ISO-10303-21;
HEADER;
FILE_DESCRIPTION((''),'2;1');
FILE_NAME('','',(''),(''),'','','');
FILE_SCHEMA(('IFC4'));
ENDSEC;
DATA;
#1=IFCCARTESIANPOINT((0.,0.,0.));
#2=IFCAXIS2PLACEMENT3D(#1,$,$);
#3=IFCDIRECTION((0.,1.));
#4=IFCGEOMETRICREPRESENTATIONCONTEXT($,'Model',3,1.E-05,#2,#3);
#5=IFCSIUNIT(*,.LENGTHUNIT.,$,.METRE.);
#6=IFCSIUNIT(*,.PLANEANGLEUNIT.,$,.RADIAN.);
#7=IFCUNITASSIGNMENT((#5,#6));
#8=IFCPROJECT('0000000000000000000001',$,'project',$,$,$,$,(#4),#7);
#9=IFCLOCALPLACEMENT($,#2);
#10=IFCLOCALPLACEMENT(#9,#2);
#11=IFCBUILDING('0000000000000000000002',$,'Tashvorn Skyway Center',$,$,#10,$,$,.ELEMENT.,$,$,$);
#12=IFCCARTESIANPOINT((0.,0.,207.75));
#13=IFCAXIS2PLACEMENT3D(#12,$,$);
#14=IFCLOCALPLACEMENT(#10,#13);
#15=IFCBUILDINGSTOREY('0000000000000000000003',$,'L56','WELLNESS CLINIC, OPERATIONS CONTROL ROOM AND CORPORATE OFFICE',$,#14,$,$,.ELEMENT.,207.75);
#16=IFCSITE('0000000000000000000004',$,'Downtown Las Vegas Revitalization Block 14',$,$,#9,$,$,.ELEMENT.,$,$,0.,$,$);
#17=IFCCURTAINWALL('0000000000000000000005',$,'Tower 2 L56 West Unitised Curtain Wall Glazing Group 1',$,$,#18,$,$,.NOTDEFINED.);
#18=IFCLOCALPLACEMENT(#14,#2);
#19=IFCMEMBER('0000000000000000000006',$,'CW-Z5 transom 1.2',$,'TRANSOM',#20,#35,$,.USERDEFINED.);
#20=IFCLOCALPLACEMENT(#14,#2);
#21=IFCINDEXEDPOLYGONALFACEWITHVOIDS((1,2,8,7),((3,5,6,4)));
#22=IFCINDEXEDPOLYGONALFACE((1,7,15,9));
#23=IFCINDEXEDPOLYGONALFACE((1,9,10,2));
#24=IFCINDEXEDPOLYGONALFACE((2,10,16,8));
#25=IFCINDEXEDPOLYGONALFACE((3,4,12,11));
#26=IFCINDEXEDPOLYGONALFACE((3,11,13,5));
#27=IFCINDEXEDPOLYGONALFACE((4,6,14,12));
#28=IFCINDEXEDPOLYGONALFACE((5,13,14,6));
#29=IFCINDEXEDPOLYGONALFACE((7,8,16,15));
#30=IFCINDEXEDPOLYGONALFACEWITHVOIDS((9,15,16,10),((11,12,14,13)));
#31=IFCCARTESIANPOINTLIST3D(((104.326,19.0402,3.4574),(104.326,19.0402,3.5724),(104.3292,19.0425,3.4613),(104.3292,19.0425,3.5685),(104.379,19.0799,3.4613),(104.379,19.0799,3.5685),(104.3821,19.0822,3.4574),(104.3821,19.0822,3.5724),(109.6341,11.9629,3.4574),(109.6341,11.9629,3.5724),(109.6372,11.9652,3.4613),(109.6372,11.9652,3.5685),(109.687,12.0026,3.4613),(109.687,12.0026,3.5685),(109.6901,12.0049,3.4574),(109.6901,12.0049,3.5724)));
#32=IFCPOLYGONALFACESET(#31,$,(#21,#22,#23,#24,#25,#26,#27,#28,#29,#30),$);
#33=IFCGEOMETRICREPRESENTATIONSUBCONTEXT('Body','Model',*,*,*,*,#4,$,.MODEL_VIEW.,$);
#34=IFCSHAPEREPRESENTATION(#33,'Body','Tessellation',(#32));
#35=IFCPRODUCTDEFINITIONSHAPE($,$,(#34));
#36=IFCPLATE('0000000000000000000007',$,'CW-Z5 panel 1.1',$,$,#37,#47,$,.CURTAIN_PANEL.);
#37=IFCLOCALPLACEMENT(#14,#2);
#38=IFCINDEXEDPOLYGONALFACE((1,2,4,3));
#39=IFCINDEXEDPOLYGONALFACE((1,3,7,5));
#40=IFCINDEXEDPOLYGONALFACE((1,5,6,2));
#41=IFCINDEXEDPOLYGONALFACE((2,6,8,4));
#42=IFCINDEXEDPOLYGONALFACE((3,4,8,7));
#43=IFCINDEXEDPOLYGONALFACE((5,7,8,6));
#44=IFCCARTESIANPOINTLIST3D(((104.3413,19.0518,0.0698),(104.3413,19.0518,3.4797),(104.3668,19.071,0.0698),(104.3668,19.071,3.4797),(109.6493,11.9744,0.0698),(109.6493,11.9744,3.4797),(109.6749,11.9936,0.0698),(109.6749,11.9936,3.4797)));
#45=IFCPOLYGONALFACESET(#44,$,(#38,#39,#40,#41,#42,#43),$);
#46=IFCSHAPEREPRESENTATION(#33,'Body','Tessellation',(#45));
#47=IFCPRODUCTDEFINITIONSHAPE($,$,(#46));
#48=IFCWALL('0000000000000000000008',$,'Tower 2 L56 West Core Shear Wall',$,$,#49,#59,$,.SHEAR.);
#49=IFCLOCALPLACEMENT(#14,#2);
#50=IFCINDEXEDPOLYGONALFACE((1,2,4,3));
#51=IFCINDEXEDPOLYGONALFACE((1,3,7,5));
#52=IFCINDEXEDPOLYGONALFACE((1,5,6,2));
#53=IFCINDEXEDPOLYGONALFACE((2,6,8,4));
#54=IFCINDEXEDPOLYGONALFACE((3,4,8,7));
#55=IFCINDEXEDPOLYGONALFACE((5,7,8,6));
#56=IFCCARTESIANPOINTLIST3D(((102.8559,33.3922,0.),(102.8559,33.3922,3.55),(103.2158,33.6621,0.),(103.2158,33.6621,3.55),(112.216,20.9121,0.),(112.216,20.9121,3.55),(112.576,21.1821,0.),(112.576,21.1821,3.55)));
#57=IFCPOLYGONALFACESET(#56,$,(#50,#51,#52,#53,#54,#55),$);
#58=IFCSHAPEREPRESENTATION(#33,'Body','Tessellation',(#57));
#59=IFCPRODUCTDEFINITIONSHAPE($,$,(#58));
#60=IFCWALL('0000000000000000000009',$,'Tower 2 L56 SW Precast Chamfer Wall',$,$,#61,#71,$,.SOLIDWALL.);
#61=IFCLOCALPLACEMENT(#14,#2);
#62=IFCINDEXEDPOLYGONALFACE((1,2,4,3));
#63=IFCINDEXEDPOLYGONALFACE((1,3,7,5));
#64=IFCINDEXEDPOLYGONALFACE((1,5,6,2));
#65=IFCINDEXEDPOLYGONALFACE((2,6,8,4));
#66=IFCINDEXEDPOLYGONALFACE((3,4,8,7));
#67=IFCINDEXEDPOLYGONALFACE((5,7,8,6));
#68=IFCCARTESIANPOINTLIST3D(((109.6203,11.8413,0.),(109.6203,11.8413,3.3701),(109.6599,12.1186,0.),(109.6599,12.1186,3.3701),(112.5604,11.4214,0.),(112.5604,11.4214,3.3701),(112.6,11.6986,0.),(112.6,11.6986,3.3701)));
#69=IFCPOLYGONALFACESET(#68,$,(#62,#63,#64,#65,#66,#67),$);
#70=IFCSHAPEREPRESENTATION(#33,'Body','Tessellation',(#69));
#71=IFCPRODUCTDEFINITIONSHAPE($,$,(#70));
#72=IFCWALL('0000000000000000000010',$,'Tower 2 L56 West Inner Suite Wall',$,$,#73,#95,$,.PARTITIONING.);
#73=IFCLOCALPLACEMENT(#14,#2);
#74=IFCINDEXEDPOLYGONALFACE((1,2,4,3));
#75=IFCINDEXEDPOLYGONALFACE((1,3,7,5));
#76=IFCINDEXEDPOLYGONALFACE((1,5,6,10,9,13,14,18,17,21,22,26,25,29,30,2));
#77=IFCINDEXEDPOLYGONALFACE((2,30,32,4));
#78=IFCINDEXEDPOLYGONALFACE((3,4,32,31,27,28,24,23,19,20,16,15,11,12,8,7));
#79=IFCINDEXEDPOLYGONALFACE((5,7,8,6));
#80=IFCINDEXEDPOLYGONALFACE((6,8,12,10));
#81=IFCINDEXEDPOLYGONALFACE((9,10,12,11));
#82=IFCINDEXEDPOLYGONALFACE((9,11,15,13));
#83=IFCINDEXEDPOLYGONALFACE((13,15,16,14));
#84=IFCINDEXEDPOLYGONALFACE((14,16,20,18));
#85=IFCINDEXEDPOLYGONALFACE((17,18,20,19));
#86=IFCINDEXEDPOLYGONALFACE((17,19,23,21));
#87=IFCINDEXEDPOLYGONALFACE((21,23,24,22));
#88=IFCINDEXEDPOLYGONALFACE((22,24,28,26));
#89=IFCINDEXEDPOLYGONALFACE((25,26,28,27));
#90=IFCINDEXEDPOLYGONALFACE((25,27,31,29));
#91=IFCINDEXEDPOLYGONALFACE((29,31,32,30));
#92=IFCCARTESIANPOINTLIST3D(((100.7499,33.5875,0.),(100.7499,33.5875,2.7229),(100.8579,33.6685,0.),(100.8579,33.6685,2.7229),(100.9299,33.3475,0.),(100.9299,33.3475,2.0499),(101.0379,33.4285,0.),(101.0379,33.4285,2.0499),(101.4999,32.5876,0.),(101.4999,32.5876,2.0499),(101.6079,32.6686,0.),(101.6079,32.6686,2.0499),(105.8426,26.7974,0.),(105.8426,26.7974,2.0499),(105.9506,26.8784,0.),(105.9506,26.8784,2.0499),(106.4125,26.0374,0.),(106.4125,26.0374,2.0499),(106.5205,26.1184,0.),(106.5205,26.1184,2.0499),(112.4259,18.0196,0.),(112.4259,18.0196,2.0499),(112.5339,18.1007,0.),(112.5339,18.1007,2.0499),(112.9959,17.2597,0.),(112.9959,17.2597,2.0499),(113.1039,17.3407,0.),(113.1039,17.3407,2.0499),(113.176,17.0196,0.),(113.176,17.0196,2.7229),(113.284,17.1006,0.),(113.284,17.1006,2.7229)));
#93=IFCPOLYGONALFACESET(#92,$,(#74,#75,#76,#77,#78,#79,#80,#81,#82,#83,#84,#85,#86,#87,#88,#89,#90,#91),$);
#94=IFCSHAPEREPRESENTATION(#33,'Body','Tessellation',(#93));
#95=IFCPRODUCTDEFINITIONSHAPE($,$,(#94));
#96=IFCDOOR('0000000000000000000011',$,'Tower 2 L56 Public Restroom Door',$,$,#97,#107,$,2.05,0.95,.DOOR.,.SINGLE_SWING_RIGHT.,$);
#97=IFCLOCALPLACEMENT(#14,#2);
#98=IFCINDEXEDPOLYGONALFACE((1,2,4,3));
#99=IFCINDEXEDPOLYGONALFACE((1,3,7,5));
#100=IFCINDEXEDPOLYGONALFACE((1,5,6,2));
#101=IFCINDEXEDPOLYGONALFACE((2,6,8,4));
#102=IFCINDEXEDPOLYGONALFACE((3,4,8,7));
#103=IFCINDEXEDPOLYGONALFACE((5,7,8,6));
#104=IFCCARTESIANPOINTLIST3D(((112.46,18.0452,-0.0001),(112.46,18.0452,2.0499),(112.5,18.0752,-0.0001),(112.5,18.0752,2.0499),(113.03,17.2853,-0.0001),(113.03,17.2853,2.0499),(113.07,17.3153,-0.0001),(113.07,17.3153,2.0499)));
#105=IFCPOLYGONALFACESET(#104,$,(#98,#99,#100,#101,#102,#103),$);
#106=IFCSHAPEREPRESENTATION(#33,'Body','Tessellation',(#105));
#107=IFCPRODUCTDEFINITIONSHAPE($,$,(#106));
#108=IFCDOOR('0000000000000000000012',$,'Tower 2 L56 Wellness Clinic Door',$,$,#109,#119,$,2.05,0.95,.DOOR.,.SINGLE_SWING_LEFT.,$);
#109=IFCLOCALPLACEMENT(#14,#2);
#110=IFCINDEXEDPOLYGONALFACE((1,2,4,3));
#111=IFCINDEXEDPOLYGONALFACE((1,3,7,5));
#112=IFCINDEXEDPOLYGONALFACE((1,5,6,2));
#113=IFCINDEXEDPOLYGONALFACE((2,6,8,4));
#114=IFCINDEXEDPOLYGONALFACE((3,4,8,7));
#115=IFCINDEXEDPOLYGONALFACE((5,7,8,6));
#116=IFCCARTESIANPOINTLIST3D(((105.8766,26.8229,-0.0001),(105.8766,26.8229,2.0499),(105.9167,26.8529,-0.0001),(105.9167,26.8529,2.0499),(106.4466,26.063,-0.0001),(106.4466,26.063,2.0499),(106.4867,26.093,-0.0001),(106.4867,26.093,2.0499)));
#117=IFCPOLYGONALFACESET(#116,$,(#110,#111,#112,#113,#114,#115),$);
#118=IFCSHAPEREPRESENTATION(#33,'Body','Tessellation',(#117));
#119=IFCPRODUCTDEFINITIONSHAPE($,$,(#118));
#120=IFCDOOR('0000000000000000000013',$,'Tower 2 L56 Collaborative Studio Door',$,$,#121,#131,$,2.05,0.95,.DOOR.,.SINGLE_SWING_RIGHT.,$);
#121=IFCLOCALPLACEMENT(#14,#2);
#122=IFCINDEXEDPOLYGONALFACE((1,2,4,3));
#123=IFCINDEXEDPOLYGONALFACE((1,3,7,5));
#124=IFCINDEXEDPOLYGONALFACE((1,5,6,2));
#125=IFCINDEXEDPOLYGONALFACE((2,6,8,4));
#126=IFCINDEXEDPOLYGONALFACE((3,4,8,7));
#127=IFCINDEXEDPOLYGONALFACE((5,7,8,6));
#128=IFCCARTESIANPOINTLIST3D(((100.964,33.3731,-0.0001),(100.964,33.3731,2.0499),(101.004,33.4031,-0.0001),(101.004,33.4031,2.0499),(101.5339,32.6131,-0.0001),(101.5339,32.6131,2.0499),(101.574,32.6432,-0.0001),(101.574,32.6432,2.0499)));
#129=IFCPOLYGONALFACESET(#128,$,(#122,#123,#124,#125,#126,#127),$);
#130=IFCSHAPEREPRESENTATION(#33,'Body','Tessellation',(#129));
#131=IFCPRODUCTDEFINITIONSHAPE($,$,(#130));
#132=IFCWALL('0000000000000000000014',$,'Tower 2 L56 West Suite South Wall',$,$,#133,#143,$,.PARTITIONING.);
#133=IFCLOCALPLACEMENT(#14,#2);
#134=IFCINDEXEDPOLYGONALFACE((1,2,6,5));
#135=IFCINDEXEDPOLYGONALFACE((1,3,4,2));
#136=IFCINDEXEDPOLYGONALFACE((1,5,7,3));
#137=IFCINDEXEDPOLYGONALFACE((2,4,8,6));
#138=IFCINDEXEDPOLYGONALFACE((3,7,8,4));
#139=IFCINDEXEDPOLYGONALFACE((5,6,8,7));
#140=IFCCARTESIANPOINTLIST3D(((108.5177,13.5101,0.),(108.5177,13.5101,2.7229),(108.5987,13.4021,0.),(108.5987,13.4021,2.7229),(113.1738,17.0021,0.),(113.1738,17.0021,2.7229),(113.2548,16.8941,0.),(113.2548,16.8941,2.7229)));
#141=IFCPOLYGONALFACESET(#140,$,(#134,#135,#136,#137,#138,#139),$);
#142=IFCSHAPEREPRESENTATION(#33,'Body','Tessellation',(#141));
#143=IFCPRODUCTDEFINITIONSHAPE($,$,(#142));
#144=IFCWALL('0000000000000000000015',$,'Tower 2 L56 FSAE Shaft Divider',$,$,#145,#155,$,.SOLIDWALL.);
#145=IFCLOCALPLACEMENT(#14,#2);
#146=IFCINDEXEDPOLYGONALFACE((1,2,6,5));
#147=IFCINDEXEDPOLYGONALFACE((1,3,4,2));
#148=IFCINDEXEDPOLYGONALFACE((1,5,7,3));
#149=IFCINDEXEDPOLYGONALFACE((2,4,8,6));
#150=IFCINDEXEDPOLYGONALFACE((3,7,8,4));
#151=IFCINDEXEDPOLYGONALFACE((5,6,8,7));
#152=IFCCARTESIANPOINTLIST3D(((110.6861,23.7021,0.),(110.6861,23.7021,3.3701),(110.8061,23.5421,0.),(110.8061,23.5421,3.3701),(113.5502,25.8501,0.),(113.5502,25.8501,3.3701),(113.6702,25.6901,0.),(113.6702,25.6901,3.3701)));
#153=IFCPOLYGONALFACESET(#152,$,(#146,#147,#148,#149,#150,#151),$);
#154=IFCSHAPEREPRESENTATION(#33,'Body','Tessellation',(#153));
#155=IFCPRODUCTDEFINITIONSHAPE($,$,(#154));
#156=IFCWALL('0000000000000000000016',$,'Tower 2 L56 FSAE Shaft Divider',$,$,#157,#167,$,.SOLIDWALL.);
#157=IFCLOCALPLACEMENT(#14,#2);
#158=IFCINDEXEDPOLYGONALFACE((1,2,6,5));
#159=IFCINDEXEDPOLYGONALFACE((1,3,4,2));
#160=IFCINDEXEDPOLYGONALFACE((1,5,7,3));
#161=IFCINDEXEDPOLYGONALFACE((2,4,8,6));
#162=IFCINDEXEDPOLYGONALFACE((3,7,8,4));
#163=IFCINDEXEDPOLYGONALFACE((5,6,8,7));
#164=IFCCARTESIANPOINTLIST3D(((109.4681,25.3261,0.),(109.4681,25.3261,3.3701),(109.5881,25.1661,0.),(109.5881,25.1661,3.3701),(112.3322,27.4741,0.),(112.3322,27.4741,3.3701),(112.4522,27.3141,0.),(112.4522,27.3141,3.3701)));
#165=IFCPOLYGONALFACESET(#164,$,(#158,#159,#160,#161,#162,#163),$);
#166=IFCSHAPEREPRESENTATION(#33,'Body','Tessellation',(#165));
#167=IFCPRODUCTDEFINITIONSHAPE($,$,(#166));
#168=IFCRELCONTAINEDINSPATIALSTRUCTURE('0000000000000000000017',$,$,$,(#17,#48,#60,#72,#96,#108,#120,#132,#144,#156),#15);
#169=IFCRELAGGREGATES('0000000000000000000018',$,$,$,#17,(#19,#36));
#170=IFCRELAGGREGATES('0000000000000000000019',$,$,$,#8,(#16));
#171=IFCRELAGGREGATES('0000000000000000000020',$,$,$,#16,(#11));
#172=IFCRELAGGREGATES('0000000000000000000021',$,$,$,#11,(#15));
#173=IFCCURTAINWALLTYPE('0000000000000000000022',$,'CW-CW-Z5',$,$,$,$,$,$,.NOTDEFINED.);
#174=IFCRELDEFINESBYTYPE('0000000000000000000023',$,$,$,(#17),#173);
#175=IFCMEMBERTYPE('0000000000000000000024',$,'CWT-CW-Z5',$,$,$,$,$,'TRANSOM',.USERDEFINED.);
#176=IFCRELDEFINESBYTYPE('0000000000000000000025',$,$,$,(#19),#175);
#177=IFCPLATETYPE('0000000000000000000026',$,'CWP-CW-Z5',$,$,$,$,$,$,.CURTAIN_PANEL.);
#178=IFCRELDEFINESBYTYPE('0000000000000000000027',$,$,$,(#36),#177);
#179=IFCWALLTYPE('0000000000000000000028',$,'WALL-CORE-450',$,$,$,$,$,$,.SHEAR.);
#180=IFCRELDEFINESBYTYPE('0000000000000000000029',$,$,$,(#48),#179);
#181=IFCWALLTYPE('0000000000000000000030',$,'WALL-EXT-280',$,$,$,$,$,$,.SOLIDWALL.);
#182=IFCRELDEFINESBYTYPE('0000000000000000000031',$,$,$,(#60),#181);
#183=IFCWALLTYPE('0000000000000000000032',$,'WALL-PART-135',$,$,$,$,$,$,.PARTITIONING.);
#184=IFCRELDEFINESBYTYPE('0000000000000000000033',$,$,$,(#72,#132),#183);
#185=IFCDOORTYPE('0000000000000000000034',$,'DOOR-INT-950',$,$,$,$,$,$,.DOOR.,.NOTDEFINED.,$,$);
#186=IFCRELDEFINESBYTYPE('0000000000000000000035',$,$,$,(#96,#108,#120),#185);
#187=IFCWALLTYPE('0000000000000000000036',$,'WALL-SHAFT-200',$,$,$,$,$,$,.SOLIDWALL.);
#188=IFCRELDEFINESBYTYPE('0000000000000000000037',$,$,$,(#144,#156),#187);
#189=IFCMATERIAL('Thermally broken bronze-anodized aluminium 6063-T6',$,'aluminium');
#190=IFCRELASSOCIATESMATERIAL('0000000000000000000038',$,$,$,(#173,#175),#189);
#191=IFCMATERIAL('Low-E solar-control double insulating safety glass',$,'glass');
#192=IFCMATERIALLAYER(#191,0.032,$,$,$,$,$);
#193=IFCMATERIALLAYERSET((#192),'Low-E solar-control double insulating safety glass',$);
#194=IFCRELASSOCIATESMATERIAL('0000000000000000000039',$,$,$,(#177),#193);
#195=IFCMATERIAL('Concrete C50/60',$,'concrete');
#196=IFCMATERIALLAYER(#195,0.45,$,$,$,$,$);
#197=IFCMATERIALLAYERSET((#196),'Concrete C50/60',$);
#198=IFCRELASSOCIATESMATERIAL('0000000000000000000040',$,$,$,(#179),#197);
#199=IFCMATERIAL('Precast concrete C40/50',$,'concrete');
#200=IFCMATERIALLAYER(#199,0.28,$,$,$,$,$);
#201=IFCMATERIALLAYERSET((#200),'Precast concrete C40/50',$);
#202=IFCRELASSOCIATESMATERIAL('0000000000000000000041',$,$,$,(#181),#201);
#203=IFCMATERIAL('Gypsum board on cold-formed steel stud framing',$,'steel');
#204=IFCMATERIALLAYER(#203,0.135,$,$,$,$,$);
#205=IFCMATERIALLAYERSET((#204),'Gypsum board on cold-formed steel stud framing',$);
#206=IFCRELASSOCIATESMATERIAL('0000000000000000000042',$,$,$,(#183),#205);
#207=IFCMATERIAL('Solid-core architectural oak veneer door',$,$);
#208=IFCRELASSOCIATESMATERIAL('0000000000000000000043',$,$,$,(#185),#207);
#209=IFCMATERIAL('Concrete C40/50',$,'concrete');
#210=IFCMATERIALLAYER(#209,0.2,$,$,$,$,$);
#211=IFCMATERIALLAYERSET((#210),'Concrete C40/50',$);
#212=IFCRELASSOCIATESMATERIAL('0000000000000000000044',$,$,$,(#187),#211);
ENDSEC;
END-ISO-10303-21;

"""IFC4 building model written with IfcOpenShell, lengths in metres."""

from ifc_helpers import new_model, si_unit, direction, frame, frame_2d, origin, origin_2d, place, context, subcontext, project, spatial, rectangle, hollow_rectangle, extrude, material, layer, layer_set, material_profile, profile_set, type_object, element, fill, aggregate, save


model = new_model("IFC4")

# Units and contexts
model_context = context("Model", 3, precision=1e-05, world=origin(), true_north=direction((0.0, 1.0)))
body_context = subcontext(model_context, "Body", "Model", "MODEL_VIEW")
ifc_project = project(units=[si_unit("LENGTHUNIT", "METRE"), si_unit("PLANEANGLEUNIT", "RADIAN")], contexts=[model_context])

# Site, building, storey
site_placement = place(None, origin())
site = spatial("IfcSite", under=ifc_project, at=site_placement, Name="Downtown Las Vegas Revitalization Block 14", CompositionType="ELEMENT", RefElevation=0.0)
building_placement = place(site_placement, origin())
building = spatial("IfcBuilding", under=site, at=building_placement, Name="Tashvorn Skyway Center", CompositionType="ELEMENT")
storey_placement = place(building_placement, frame((0.0, 0.0, 207.75)))
storey = spatial("IfcBuildingStorey", under=building, at=storey_placement, Name="L56", Description="WELLNESS CLINIC, OPERATIONS CONTROL ROOM AND CORPORATE OFFICE", CompositionType="ELEMENT", Elevation=207.75)

# Shared definitions
ifc_material_1 = material(Name="Concrete C50/60", Category="concrete")

# Shared definitions
ifc_material_2 = material(Name="Thermally broken bronze-anodized aluminium 6063-T6", Category="aluminium")
curtain_wall_type = type_object("IfcCurtainWallType", Name="CW-CW-Z5", PredefinedType="NOTDEFINED", material=ifc_material_2)

# Curtain wall, member, plate
curtain_wall_1_placement = place(storey_placement, origin())
curtain_wall_1 = element("IfcCurtainWall", 1, at=curtain_wall_1_placement, inside=storey, type_object=curtain_wall_type, Name="Tower 2 L56 West Unitised Curtain Wall Glazing Group 1", PredefinedType="NOTDEFINED")
ifc_material_profile_1 = material_profile(ifc_material_2, hollow_rectangle(XDim=0.0701, YDim=0.115, WallThickness=0.0039, at=origin_2d()), Name="ALU-TRAN-70x115")
ifc_profile_set_1 = profile_set([ifc_material_profile_1], Name="Thermally broken bronze-anodized aluminium 6063-T6")
member_type_1 = type_object("IfcMemberType", Name="CWT-CW-Z5", ElementType="TRANSOM", PredefinedType="USERDEFINED", material=ifc_profile_set_1)
member_1_placement = place(storey_placement, frame((109.6621, 11.9839, 3.5149), z_axis=(-0.600004, 0.799997, 0.0), x_axis=(-0.799997, -0.600004, 0.0)))
member_1 = element("IfcMember", 2, at=member_1_placement, type_object=member_type_1, Name="CW-Z5 transom 1.2", ObjectType="TRANSOM", PredefinedType="USERDEFINED", context=body_context, shape_type="SweptSolid", body=[
    extrude(hollow_rectangle(XDim=0.0701, YDim=0.115, WallThickness=0.0039, at=origin_2d()), origin(), (0.0, 0.0, 1.0), 8.8467),
])
ifc_material_3 = material(Name="Low-E solar-control double insulating safety glass", Category="glass")
ifc_layer_1 = layer(ifc_material_3, 0.032)
ifc_layer_set_1 = layer_set([ifc_layer_1], Name="Low-E solar-control double insulating safety glass")
plate_type = type_object("IfcPlateType", Name="CWP-CW-Z5", PredefinedType="CURTAIN_PANEL", material=ifc_layer_set_1)
plate_placement = place(storey_placement, frame((107.0081, 15.5227, 0.0698), z_axis=(0.0, 0.0, 1.0), x_axis=(-0.600002, 0.799999, 0.0)))
plate = element("IfcPlate", 3, at=plate_placement, type_object=plate_type, Name="CW-Z5 panel 1.1", PredefinedType="CURTAIN_PANEL", context=body_context, shape_type="SweptSolid", body=[
    extrude(rectangle(XDim=8.8467, YDim=0.032, at=origin_2d()), origin(), (0.0, 0.0, 1.0), 3.4099),
])
aggregate(curtain_wall_1, [member_1, plate])

# Walls
ifc_layer_2 = layer(ifc_material_1, 0.45)
ifc_layer_set_2 = layer_set([ifc_layer_2], Name="Concrete C50/60")
wall_type_1 = type_object("IfcWallType", Name="WALL-CORE-450", PredefinedType="SHEAR", material=ifc_layer_set_2)
wall_1_placement = place(storey_placement, frame((112.396, 21.0471, 0.0), z_axis=(0.0, 0.0, 1.0), x_axis=(-0.600005, 0.799996, 0.0)))
element("IfcWall", 4, at=wall_1_placement, inside=storey, type_object=wall_type_1, Name="Tower 2 L56 West Core Shear Wall", PredefinedType="SHEAR", context=body_context, shape_type="SweptSolid", body=[
    extrude(rectangle(XDim=15.6001, YDim=0.45, at=frame_2d((7.8, 0.0))), origin(), (0.0, 0.0, 1.0), 3.55),
])
ifc_material_4 = material(Name="Precast concrete C40/50", Category="concrete")
ifc_layer_3 = layer(ifc_material_4, 0.28)
ifc_layer_set_3 = layer_set([ifc_layer_3], Name="Precast concrete C40/50")
wall_type_2 = type_object("IfcWallType", Name="WALL-EXT-280", PredefinedType="SOLIDWALL", material=ifc_layer_set_3)
wall_2_placement = place(storey_placement, frame((112.5801, 11.5601, 0.0), z_axis=(0.0, 0.0, 1.0), x_axis=(-0.989954, 0.141387, 0.0)))
element("IfcWall", 5, at=wall_2_placement, inside=storey, type_object=wall_type_2, Name="Tower 2 L56 SW Precast Chamfer Wall", PredefinedType="SOLIDWALL", context=body_context, shape_type="SweptSolid", body=[
    extrude(rectangle(XDim=2.97, YDim=0.28, at=frame_2d((1.4849, 0.0))), origin(), (0.0, 0.0, 1.0), 3.3701),
])

# Wall, openings, doors
ifc_material_5 = material(Name="Gypsum board on cold-formed steel stud framing", Category="steel")
ifc_layer_4 = layer(ifc_material_5, 0.135)
ifc_layer_set_4 = layer_set([ifc_layer_4], Name="Gypsum board on cold-formed steel stud framing")
wall_type_3 = type_object("IfcWallType", Name="WALL-PART-135", PredefinedType="PARTITIONING", material=ifc_layer_set_4)
wall_3_placement = place(storey_placement, frame((113.23, 17.0601, 0.0), z_axis=(0.0, 0.0, 1.0), x_axis=(-0.600004, 0.799997, 0.0)))
wall_3 = element("IfcWall", 6, at=wall_3_placement, inside=storey, type_object=wall_type_3, Name="Tower 2 L56 West Inner Suite Wall", PredefinedType="PARTITIONING", context=body_context, shape_type="SweptSolid", body=[
    extrude(rectangle(XDim=20.71, YDim=0.135, at=frame_2d((10.355, 0.0))), origin(), (0.0, 0.0, 1.0), 2.7229),
])
opening_1_placement = place(wall_3_placement, frame((0.3, 0.0, 0.0)))
opening_1 = element("IfcOpeningElement", 7, at=opening_1_placement, cuts=wall_3, PredefinedType="OPENING", context=body_context, shape_type="SweptSolid", body=[
    extrude(rectangle(XDim=0.95, YDim=2.05, at=frame_2d((0.4751, 1.0249))), frame((0.0, 0.0774, 0.0), z_axis=(0.0, -1.0, 0.0), x_axis=(1.0, 0.0, 0.0)), (0.0, 0.0, 1.0), 0.155),
])
opening_2_placement = place(wall_3_placement, frame((11.2722, 0.0, 0.0)))
opening_2 = element("IfcOpeningElement", 8, at=opening_2_placement, cuts=wall_3, PredefinedType="OPENING", context=body_context, shape_type="SweptSolid", body=[
    extrude(rectangle(XDim=0.95, YDim=2.05, at=frame_2d((0.4751, 1.0249))), frame((0.0, 0.0774, 0.0), z_axis=(0.0, -1.0, 0.0), x_axis=(1.0, 0.0, 0.0)), (0.0, 0.0, 1.0), 0.155),
])
opening_3_placement = place(wall_3_placement, frame((19.46, 0.0, 0.0)))
opening_3 = element("IfcOpeningElement", 9, at=opening_3_placement, cuts=wall_3, PredefinedType="OPENING", context=body_context, shape_type="SweptSolid", body=[
    extrude(rectangle(XDim=0.95, YDim=2.05, at=frame_2d((0.4751, 1.0249))), frame((0.0, 0.0774, 0.0), z_axis=(0.0, -1.0, 0.0), x_axis=(1.0, 0.0, 0.0)), (0.0, 0.0, 1.0), 0.155),
])
ifc_material_6 = material(Name="Solid-core architectural oak veneer door")
door_type_1 = type_object("IfcDoorType", Name="DOOR-INT-950", OperationType="NOTDEFINED", PredefinedType="DOOR", material=ifc_material_6)
door_1_placement = place(opening_1_placement, origin())
door_1 = element("IfcDoor", 10, at=door_1_placement, inside=storey, type_object=door_type_1, Name="Tower 2 L56 Public Restroom Door", OperationType="SINGLE_SWING_RIGHT", OverallHeight=2.05, OverallWidth=0.95, PredefinedType="DOOR", context=body_context, shape_type="SweptSolid", body=[
    extrude(rectangle(XDim=0.95, YDim=2.05, at=frame_2d((0.4751, 1.0249))), frame((0.0, 0.0249, 0.0), z_axis=(0.0, -1.0, 0.0), x_axis=(1.0, 0.0, 0.0)), (0.0, 0.0, 1.0), 0.05),
])
fill(opening_1, door_1)
door_2_placement = place(opening_2_placement, origin())
door_2 = element("IfcDoor", 11, at=door_2_placement, inside=storey, type_object=door_type_1, Name="Tower 2 L56 Wellness Clinic Door", OperationType="SINGLE_SWING_LEFT", OverallHeight=2.05, OverallWidth=0.95, PredefinedType="DOOR", context=body_context, shape_type="SweptSolid", body=[
    extrude(rectangle(XDim=0.95, YDim=2.05, at=frame_2d((0.4751, 1.0249))), frame((0.0, 0.0249, 0.0), z_axis=(0.0, -1.0, 0.0), x_axis=(1.0, 0.0, 0.0)), (0.0, 0.0, 1.0), 0.05),
])
fill(opening_2, door_2)
door_3_placement = place(opening_3_placement, origin())
door_3 = element("IfcDoor", 12, at=door_3_placement, inside=storey, type_object=door_type_1, Name="Tower 2 L56 Collaborative Studio Door", OperationType="SINGLE_SWING_RIGHT", OverallHeight=2.05, OverallWidth=0.95, PredefinedType="DOOR", context=body_context, shape_type="SweptSolid", body=[
    extrude(rectangle(XDim=0.95, YDim=2.05, at=frame_2d((0.4751, 1.0249))), frame((0.0, 0.0249, 0.0), z_axis=(0.0, -1.0, 0.0), x_axis=(1.0, 0.0, 0.0)), (0.0, 0.0, 1.0), 0.05),
])
fill(opening_3, door_3)

# Walls
wall_4_placement = place(storey_placement, frame((108.5581, 13.4561, 0.0), z_axis=(0.0, 0.0, 1.0), x_axis=(0.800005, 0.599993, 0.0)))
element("IfcWall", 13, at=wall_4_placement, inside=storey, type_object=wall_type_3, Name="Tower 2 L56 West Suite South Wall", PredefinedType="PARTITIONING", context=body_context, shape_type="SweptSolid", body=[
    extrude(rectangle(XDim=5.8201, YDim=0.135, at=frame_2d((2.9102, 0.0))), origin(), (0.0, 0.0, 1.0), 2.7229),
])
ifc_material_7 = material(Name="Concrete C40/50", Category="concrete")
ifc_layer_5 = layer(ifc_material_7, 0.2)
ifc_layer_set_5 = layer_set([ifc_layer_5], Name="Concrete C40/50")
wall_type_4 = type_object("IfcWallType", Name="WALL-SHAFT-200", PredefinedType="SOLIDWALL", material=ifc_layer_set_5)
for number, where, z_axis, x_axis, name in (
    (14, (110.7461, 23.6221, 0.0), (0.0, 0.0, 1.0), (0.800008, 0.599989, 0.0), "Tower 2 L56 FSAE Shaft Divider"),
    (15, (109.5281, 25.2461, 0.0), (0.0, 0.0, 1.0), (0.800008, 0.599989, 0.0), "Tower 2 L56 FSAE Shaft Divider"),
):
    element("IfcWall", number, at=place(storey_placement, frame(where, z_axis=z_axis, x_axis=x_axis)), inside=storey, type_object=wall_type_4, Name=name, PredefinedType="SOLIDWALL", context=body_context, shape_type="SweptSolid", body=[
        extrude(rectangle(XDim=3.5801, YDim=0.2, at=frame_2d((1.79, 0.0))), origin(), (0.0, 0.0, 1.0), 3.3701),
    ])

save(model, "model.ifc")
